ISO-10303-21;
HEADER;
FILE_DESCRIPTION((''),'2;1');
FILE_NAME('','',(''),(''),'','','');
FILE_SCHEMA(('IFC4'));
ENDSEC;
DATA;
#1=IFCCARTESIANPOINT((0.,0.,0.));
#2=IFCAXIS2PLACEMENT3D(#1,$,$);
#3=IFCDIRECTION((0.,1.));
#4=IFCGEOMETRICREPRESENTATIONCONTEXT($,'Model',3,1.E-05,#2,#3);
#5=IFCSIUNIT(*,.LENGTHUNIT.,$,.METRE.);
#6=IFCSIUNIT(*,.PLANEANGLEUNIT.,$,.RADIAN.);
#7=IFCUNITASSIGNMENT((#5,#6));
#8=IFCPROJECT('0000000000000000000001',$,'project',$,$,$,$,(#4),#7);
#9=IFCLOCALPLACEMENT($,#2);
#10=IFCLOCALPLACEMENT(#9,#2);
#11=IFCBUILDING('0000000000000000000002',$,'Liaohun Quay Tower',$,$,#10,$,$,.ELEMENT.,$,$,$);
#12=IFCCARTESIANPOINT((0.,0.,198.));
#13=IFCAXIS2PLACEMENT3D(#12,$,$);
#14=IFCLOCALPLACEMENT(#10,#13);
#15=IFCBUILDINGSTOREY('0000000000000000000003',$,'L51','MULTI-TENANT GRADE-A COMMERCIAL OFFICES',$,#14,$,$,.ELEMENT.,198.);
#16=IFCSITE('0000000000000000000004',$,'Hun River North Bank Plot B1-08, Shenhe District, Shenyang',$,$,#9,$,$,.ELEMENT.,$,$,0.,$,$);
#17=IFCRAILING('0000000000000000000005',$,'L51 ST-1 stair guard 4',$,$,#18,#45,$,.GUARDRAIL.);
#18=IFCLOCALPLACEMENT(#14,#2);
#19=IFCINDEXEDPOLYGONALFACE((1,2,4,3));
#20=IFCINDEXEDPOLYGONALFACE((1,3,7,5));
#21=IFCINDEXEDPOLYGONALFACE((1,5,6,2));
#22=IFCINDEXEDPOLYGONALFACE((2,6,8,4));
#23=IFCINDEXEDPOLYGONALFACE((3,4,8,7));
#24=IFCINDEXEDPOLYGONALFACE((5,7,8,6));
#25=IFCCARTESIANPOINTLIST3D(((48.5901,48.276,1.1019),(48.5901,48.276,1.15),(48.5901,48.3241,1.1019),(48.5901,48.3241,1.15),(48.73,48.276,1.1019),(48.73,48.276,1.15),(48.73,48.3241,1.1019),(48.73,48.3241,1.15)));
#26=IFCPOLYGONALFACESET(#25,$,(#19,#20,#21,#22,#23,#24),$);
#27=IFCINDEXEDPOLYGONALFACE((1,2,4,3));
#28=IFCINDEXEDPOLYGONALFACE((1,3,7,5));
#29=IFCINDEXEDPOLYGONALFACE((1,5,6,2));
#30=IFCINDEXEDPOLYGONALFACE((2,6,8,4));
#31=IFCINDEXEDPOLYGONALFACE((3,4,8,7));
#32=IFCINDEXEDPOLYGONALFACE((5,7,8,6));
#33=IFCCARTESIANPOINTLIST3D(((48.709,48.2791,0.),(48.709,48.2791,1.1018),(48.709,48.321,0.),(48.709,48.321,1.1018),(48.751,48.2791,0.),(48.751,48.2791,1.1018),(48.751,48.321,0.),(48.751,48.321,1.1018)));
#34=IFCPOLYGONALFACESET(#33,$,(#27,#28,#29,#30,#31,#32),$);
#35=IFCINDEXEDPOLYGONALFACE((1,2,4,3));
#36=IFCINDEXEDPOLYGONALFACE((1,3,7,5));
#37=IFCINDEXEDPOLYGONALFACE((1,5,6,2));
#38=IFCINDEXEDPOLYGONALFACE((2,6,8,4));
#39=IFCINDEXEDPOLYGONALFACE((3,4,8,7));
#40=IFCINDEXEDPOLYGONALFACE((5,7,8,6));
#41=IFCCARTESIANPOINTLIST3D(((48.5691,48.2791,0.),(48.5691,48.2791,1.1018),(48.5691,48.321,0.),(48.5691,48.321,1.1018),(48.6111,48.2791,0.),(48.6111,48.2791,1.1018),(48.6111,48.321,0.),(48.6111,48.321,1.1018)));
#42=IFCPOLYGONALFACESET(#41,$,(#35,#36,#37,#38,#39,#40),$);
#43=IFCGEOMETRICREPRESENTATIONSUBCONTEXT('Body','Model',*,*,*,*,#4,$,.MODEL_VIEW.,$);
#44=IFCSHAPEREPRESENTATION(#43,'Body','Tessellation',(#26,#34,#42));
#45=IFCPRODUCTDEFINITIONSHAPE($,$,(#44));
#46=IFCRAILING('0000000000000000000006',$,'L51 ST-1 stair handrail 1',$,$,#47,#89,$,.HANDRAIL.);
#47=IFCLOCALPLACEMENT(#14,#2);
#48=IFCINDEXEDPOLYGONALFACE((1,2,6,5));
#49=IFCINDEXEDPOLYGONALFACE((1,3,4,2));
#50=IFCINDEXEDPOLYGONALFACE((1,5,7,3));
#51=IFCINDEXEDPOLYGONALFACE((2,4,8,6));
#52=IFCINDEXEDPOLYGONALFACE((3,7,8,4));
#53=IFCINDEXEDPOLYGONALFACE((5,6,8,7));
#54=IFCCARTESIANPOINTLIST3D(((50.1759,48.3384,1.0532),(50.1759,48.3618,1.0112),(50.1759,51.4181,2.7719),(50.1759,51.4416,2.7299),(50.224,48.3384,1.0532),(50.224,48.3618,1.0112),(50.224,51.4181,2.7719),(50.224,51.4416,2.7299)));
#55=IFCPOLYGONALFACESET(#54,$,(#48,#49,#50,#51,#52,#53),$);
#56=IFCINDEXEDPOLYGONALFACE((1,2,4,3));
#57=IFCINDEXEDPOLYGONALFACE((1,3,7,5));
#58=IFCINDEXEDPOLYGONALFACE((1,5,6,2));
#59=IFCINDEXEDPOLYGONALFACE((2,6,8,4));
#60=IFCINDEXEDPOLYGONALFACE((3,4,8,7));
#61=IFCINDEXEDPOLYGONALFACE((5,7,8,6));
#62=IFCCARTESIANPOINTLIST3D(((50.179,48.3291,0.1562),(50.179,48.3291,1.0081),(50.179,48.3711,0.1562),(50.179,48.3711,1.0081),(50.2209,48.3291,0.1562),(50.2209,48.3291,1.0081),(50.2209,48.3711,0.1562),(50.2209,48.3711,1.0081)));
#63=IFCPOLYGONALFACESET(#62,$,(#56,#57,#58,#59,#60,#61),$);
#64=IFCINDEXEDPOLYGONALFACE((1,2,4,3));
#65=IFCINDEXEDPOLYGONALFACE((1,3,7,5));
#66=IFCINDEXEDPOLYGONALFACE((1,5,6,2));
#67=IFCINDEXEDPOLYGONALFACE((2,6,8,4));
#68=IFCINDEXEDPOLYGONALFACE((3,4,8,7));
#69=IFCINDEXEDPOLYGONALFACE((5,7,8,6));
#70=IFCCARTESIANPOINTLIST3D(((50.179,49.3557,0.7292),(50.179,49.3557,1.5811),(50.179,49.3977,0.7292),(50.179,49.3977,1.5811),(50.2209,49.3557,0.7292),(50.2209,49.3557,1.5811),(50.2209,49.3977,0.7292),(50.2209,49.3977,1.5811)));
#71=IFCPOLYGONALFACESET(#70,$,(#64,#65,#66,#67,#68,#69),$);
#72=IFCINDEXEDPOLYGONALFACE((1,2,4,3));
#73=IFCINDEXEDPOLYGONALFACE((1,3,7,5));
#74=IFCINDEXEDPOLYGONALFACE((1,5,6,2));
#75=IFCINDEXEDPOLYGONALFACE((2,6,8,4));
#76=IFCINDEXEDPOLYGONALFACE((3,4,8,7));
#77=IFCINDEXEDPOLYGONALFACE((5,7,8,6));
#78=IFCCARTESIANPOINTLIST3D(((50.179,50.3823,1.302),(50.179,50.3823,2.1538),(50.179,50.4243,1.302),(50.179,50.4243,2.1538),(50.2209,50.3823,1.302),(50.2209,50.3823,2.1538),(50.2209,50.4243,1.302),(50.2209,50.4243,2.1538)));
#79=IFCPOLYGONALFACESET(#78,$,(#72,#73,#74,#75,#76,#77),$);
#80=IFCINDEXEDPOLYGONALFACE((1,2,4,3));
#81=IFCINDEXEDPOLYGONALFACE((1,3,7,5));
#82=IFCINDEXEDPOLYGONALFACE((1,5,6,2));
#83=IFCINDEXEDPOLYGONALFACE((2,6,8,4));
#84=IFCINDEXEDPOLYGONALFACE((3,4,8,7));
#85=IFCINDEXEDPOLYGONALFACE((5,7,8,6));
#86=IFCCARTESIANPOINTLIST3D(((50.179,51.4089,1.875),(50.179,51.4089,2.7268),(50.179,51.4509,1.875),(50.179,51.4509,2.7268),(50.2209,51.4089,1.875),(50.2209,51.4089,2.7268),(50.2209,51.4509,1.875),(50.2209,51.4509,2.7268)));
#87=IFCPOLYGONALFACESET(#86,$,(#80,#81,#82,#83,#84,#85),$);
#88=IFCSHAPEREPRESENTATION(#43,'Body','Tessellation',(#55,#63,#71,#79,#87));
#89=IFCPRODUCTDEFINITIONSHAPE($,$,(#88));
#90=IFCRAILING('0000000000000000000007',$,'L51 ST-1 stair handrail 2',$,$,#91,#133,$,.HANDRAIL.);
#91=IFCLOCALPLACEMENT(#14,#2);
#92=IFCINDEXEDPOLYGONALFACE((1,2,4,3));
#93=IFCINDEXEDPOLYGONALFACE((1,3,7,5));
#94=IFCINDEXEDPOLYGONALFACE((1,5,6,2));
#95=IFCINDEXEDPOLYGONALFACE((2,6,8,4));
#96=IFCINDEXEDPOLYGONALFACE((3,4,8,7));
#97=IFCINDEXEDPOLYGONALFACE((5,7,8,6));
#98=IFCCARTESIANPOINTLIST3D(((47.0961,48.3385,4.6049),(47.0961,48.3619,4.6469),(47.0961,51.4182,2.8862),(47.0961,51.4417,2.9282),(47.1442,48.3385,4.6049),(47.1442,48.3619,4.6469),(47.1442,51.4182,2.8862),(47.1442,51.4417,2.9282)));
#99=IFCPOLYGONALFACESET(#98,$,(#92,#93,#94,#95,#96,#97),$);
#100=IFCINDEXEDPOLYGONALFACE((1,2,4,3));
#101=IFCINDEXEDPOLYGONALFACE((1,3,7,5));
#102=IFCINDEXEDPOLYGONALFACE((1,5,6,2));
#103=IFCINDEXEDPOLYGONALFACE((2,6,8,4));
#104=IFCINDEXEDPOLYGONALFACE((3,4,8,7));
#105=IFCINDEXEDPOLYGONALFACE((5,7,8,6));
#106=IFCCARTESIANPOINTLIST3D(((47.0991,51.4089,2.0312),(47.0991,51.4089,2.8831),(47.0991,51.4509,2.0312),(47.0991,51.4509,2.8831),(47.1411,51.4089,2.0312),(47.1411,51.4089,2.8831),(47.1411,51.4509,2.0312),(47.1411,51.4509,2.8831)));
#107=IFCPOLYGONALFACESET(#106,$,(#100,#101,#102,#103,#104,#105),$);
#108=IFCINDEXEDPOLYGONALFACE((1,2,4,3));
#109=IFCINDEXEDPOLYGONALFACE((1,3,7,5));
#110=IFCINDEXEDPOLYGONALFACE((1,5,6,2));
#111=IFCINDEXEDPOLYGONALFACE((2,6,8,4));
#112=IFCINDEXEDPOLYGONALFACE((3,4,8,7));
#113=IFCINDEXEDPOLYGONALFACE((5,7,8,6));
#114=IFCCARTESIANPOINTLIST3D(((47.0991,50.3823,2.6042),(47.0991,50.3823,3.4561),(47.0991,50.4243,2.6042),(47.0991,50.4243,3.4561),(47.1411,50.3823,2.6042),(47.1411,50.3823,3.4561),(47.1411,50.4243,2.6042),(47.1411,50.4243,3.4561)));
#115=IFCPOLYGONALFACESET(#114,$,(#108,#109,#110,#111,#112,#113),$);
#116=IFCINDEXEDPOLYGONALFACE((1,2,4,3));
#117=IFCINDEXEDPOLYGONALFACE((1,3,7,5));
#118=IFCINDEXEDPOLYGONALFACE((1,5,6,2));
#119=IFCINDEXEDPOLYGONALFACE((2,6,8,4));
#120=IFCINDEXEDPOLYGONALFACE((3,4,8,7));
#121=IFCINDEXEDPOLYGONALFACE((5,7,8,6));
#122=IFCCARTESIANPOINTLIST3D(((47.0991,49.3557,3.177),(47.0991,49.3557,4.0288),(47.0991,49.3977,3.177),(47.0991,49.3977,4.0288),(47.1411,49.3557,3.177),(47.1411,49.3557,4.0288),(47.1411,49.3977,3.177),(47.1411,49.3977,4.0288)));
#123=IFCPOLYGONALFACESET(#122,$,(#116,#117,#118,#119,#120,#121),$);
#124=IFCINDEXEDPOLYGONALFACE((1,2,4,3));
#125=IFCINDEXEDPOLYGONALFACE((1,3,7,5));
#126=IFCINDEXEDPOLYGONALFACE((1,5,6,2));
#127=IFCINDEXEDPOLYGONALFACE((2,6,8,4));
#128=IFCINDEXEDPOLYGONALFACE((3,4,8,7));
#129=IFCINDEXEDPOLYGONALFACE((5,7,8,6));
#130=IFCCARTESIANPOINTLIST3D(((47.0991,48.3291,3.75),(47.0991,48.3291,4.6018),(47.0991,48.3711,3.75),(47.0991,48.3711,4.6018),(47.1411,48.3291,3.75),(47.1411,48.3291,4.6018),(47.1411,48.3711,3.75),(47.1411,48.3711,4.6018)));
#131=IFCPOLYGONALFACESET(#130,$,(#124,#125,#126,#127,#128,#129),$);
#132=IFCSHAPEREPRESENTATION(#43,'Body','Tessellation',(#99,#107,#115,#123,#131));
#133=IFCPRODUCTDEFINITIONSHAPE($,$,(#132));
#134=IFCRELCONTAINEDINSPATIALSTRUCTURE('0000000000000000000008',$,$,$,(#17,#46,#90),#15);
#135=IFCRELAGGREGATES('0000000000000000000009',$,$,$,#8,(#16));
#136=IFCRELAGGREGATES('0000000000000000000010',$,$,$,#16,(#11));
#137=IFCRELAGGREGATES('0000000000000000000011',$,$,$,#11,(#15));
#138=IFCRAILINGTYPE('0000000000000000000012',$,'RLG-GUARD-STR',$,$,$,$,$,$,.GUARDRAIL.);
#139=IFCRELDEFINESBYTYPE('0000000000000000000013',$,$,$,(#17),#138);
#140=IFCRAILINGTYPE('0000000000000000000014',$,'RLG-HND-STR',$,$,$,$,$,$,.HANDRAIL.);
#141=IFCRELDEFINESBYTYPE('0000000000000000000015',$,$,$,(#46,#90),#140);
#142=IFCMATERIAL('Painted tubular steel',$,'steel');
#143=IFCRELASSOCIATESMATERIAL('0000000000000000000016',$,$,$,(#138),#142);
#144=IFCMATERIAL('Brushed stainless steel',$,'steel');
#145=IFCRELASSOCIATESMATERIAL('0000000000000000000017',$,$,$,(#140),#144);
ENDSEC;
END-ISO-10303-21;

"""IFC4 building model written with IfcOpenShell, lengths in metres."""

from ifc_helpers import new_model, si_unit, direction, frame, origin, origin_2d, place, context, subcontext, project, spatial, rectangle, extrude, material, type_object, element, save


model = new_model("IFC4")

# Units and contexts
model_context = context("Model", 3, precision=1e-05, world=origin(), true_north=direction((0.0, 1.0)))
body_context = subcontext(model_context, "Body", "Model", "MODEL_VIEW")
ifc_project = project(units=[si_unit("LENGTHUNIT", "METRE"), si_unit("PLANEANGLEUNIT", "RADIAN")], contexts=[model_context])

# Site, building, storey
site_placement = place(None, origin())
site = spatial("IfcSite", under=ifc_project, at=site_placement, Name="Hun River North Bank Plot B1-08, Shenhe District, Shenyang", CompositionType="ELEMENT", RefElevation=0.0)
building_placement = place(site_placement, origin())
building = spatial("IfcBuilding", under=site, at=building_placement, Name="Liaohun Quay Tower", CompositionType="ELEMENT")
storey_placement = place(building_placement, frame((0.0, 0.0, 198.0)))
storey = spatial("IfcBuildingStorey", under=building, at=storey_placement, Name="L51", Description="MULTI-TENANT GRADE-A COMMERCIAL OFFICES", CompositionType="ELEMENT", Elevation=198.0)

# Railings
ifc_material_1 = material(Name="Painted tubular steel", Category="steel")
railing_type_1 = type_object("IfcRailingType", Name="RLG-GUARD-STR", PredefinedType="GUARDRAIL", material=ifc_material_1)
railing_1_placement = place(storey_placement, frame((48.73, 48.3, 0.0)))
element("IfcRailing", 1, at=railing_1_placement, inside=storey, type_object=railing_type_1, Name="L51 ST-1 stair guard 4", PredefinedType="GUARDRAIL", context=body_context, shape_type="SweptSolid", body=[
    extrude(rectangle(XDim=0.0481, YDim=0.0481, at=origin_2d()), frame((0.0, 0.0, 1.126), z_axis=(-1.0, 0.0, 0.0), x_axis=(0.0, -1.0, 0.0)), (0.0, 0.0, 1.0), 0.1399),
    extrude(rectangle(XDim=0.042, YDim=0.042, at=origin_2d()), origin(), (0.0, 0.0, 1.0), 1.1018),
    extrude(rectangle(XDim=0.042, YDim=0.042, at=origin_2d()), frame((-0.1399, 0.0, 0.0)), (0.0, 0.0, 1.0), 1.1018),
])
ifc_material_2 = material(Name="Brushed stainless steel", Category="steel")
railing_type_2 = type_object("IfcRailingType", Name="RLG-HND-STR", PredefinedType="HANDRAIL", material=ifc_material_2)
railing_2_placement = place(storey_placement, frame((50.2, 48.3501, 0.1562)))
element("IfcRailing", 2, at=railing_2_placement, inside=storey, type_object=railing_type_2, Name="L51 ST-1 stair handrail 1", PredefinedType="HANDRAIL", context=body_context, shape_type="SweptSolid", body=[
    extrude(rectangle(XDim=0.0481, YDim=0.0481, at=origin_2d()), frame((0.0, 0.0, 0.876), z_axis=(0.0, 0.873225, 0.487317), x_axis=(-1.0, 0.0, 0.0)), (0.0, 0.0, 1.0), 3.5269),
    extrude(rectangle(XDim=0.042, YDim=0.042, at=origin_2d()), origin(), (0.0, 0.0, 1.0), 0.8518),
    extrude(rectangle(XDim=0.042, YDim=0.042, at=origin_2d()), frame((0.0, 1.0266, 0.573)), (0.0, 0.0, 1.0), 0.8518),
    extrude(rectangle(XDim=0.042, YDim=0.042, at=origin_2d()), frame((0.0, 2.0532, 1.1458)), (0.0, 0.0, 1.0), 0.8518),
    extrude(rectangle(XDim=0.042, YDim=0.042, at=origin_2d()), frame((0.0, 3.0798, 1.7188)), (0.0, 0.0, 1.0), 0.8518),
])
railing_3_placement = place(storey_placement, frame((47.1201, 51.4299, 2.0312)))
element("IfcRailing", 3, at=railing_3_placement, inside=storey, type_object=railing_type_2, Name="L51 ST-1 stair handrail 2", PredefinedType="HANDRAIL", context=body_context, shape_type="SweptSolid", body=[
    extrude(rectangle(XDim=0.0481, YDim=0.0481, at=origin_2d()), frame((0.0, 0.0, 0.876), z_axis=(0.0, -0.873225, 0.487317), x_axis=(1.0, 0.0, 0.0)), (0.0, 0.0, 1.0), 3.5269),
    extrude(rectangle(XDim=0.042, YDim=0.042, at=origin_2d()), origin(), (0.0, 0.0, 1.0), 0.8518),
    extrude(rectangle(XDim=0.042, YDim=0.042, at=origin_2d()), frame((0.0, -1.0266, 0.573)), (0.0, 0.0, 1.0), 0.8518),
    extrude(rectangle(XDim=0.042, YDim=0.042, at=origin_2d()), frame((0.0, -2.0532, 1.1458)), (0.0, 0.0, 1.0), 0.8518),
    extrude(rectangle(XDim=0.042, YDim=0.042, at=origin_2d()), frame((0.0, -3.0798, 1.7188)), (0.0, 0.0, 1.0), 0.8518),
])

save(model, "model.ifc")
